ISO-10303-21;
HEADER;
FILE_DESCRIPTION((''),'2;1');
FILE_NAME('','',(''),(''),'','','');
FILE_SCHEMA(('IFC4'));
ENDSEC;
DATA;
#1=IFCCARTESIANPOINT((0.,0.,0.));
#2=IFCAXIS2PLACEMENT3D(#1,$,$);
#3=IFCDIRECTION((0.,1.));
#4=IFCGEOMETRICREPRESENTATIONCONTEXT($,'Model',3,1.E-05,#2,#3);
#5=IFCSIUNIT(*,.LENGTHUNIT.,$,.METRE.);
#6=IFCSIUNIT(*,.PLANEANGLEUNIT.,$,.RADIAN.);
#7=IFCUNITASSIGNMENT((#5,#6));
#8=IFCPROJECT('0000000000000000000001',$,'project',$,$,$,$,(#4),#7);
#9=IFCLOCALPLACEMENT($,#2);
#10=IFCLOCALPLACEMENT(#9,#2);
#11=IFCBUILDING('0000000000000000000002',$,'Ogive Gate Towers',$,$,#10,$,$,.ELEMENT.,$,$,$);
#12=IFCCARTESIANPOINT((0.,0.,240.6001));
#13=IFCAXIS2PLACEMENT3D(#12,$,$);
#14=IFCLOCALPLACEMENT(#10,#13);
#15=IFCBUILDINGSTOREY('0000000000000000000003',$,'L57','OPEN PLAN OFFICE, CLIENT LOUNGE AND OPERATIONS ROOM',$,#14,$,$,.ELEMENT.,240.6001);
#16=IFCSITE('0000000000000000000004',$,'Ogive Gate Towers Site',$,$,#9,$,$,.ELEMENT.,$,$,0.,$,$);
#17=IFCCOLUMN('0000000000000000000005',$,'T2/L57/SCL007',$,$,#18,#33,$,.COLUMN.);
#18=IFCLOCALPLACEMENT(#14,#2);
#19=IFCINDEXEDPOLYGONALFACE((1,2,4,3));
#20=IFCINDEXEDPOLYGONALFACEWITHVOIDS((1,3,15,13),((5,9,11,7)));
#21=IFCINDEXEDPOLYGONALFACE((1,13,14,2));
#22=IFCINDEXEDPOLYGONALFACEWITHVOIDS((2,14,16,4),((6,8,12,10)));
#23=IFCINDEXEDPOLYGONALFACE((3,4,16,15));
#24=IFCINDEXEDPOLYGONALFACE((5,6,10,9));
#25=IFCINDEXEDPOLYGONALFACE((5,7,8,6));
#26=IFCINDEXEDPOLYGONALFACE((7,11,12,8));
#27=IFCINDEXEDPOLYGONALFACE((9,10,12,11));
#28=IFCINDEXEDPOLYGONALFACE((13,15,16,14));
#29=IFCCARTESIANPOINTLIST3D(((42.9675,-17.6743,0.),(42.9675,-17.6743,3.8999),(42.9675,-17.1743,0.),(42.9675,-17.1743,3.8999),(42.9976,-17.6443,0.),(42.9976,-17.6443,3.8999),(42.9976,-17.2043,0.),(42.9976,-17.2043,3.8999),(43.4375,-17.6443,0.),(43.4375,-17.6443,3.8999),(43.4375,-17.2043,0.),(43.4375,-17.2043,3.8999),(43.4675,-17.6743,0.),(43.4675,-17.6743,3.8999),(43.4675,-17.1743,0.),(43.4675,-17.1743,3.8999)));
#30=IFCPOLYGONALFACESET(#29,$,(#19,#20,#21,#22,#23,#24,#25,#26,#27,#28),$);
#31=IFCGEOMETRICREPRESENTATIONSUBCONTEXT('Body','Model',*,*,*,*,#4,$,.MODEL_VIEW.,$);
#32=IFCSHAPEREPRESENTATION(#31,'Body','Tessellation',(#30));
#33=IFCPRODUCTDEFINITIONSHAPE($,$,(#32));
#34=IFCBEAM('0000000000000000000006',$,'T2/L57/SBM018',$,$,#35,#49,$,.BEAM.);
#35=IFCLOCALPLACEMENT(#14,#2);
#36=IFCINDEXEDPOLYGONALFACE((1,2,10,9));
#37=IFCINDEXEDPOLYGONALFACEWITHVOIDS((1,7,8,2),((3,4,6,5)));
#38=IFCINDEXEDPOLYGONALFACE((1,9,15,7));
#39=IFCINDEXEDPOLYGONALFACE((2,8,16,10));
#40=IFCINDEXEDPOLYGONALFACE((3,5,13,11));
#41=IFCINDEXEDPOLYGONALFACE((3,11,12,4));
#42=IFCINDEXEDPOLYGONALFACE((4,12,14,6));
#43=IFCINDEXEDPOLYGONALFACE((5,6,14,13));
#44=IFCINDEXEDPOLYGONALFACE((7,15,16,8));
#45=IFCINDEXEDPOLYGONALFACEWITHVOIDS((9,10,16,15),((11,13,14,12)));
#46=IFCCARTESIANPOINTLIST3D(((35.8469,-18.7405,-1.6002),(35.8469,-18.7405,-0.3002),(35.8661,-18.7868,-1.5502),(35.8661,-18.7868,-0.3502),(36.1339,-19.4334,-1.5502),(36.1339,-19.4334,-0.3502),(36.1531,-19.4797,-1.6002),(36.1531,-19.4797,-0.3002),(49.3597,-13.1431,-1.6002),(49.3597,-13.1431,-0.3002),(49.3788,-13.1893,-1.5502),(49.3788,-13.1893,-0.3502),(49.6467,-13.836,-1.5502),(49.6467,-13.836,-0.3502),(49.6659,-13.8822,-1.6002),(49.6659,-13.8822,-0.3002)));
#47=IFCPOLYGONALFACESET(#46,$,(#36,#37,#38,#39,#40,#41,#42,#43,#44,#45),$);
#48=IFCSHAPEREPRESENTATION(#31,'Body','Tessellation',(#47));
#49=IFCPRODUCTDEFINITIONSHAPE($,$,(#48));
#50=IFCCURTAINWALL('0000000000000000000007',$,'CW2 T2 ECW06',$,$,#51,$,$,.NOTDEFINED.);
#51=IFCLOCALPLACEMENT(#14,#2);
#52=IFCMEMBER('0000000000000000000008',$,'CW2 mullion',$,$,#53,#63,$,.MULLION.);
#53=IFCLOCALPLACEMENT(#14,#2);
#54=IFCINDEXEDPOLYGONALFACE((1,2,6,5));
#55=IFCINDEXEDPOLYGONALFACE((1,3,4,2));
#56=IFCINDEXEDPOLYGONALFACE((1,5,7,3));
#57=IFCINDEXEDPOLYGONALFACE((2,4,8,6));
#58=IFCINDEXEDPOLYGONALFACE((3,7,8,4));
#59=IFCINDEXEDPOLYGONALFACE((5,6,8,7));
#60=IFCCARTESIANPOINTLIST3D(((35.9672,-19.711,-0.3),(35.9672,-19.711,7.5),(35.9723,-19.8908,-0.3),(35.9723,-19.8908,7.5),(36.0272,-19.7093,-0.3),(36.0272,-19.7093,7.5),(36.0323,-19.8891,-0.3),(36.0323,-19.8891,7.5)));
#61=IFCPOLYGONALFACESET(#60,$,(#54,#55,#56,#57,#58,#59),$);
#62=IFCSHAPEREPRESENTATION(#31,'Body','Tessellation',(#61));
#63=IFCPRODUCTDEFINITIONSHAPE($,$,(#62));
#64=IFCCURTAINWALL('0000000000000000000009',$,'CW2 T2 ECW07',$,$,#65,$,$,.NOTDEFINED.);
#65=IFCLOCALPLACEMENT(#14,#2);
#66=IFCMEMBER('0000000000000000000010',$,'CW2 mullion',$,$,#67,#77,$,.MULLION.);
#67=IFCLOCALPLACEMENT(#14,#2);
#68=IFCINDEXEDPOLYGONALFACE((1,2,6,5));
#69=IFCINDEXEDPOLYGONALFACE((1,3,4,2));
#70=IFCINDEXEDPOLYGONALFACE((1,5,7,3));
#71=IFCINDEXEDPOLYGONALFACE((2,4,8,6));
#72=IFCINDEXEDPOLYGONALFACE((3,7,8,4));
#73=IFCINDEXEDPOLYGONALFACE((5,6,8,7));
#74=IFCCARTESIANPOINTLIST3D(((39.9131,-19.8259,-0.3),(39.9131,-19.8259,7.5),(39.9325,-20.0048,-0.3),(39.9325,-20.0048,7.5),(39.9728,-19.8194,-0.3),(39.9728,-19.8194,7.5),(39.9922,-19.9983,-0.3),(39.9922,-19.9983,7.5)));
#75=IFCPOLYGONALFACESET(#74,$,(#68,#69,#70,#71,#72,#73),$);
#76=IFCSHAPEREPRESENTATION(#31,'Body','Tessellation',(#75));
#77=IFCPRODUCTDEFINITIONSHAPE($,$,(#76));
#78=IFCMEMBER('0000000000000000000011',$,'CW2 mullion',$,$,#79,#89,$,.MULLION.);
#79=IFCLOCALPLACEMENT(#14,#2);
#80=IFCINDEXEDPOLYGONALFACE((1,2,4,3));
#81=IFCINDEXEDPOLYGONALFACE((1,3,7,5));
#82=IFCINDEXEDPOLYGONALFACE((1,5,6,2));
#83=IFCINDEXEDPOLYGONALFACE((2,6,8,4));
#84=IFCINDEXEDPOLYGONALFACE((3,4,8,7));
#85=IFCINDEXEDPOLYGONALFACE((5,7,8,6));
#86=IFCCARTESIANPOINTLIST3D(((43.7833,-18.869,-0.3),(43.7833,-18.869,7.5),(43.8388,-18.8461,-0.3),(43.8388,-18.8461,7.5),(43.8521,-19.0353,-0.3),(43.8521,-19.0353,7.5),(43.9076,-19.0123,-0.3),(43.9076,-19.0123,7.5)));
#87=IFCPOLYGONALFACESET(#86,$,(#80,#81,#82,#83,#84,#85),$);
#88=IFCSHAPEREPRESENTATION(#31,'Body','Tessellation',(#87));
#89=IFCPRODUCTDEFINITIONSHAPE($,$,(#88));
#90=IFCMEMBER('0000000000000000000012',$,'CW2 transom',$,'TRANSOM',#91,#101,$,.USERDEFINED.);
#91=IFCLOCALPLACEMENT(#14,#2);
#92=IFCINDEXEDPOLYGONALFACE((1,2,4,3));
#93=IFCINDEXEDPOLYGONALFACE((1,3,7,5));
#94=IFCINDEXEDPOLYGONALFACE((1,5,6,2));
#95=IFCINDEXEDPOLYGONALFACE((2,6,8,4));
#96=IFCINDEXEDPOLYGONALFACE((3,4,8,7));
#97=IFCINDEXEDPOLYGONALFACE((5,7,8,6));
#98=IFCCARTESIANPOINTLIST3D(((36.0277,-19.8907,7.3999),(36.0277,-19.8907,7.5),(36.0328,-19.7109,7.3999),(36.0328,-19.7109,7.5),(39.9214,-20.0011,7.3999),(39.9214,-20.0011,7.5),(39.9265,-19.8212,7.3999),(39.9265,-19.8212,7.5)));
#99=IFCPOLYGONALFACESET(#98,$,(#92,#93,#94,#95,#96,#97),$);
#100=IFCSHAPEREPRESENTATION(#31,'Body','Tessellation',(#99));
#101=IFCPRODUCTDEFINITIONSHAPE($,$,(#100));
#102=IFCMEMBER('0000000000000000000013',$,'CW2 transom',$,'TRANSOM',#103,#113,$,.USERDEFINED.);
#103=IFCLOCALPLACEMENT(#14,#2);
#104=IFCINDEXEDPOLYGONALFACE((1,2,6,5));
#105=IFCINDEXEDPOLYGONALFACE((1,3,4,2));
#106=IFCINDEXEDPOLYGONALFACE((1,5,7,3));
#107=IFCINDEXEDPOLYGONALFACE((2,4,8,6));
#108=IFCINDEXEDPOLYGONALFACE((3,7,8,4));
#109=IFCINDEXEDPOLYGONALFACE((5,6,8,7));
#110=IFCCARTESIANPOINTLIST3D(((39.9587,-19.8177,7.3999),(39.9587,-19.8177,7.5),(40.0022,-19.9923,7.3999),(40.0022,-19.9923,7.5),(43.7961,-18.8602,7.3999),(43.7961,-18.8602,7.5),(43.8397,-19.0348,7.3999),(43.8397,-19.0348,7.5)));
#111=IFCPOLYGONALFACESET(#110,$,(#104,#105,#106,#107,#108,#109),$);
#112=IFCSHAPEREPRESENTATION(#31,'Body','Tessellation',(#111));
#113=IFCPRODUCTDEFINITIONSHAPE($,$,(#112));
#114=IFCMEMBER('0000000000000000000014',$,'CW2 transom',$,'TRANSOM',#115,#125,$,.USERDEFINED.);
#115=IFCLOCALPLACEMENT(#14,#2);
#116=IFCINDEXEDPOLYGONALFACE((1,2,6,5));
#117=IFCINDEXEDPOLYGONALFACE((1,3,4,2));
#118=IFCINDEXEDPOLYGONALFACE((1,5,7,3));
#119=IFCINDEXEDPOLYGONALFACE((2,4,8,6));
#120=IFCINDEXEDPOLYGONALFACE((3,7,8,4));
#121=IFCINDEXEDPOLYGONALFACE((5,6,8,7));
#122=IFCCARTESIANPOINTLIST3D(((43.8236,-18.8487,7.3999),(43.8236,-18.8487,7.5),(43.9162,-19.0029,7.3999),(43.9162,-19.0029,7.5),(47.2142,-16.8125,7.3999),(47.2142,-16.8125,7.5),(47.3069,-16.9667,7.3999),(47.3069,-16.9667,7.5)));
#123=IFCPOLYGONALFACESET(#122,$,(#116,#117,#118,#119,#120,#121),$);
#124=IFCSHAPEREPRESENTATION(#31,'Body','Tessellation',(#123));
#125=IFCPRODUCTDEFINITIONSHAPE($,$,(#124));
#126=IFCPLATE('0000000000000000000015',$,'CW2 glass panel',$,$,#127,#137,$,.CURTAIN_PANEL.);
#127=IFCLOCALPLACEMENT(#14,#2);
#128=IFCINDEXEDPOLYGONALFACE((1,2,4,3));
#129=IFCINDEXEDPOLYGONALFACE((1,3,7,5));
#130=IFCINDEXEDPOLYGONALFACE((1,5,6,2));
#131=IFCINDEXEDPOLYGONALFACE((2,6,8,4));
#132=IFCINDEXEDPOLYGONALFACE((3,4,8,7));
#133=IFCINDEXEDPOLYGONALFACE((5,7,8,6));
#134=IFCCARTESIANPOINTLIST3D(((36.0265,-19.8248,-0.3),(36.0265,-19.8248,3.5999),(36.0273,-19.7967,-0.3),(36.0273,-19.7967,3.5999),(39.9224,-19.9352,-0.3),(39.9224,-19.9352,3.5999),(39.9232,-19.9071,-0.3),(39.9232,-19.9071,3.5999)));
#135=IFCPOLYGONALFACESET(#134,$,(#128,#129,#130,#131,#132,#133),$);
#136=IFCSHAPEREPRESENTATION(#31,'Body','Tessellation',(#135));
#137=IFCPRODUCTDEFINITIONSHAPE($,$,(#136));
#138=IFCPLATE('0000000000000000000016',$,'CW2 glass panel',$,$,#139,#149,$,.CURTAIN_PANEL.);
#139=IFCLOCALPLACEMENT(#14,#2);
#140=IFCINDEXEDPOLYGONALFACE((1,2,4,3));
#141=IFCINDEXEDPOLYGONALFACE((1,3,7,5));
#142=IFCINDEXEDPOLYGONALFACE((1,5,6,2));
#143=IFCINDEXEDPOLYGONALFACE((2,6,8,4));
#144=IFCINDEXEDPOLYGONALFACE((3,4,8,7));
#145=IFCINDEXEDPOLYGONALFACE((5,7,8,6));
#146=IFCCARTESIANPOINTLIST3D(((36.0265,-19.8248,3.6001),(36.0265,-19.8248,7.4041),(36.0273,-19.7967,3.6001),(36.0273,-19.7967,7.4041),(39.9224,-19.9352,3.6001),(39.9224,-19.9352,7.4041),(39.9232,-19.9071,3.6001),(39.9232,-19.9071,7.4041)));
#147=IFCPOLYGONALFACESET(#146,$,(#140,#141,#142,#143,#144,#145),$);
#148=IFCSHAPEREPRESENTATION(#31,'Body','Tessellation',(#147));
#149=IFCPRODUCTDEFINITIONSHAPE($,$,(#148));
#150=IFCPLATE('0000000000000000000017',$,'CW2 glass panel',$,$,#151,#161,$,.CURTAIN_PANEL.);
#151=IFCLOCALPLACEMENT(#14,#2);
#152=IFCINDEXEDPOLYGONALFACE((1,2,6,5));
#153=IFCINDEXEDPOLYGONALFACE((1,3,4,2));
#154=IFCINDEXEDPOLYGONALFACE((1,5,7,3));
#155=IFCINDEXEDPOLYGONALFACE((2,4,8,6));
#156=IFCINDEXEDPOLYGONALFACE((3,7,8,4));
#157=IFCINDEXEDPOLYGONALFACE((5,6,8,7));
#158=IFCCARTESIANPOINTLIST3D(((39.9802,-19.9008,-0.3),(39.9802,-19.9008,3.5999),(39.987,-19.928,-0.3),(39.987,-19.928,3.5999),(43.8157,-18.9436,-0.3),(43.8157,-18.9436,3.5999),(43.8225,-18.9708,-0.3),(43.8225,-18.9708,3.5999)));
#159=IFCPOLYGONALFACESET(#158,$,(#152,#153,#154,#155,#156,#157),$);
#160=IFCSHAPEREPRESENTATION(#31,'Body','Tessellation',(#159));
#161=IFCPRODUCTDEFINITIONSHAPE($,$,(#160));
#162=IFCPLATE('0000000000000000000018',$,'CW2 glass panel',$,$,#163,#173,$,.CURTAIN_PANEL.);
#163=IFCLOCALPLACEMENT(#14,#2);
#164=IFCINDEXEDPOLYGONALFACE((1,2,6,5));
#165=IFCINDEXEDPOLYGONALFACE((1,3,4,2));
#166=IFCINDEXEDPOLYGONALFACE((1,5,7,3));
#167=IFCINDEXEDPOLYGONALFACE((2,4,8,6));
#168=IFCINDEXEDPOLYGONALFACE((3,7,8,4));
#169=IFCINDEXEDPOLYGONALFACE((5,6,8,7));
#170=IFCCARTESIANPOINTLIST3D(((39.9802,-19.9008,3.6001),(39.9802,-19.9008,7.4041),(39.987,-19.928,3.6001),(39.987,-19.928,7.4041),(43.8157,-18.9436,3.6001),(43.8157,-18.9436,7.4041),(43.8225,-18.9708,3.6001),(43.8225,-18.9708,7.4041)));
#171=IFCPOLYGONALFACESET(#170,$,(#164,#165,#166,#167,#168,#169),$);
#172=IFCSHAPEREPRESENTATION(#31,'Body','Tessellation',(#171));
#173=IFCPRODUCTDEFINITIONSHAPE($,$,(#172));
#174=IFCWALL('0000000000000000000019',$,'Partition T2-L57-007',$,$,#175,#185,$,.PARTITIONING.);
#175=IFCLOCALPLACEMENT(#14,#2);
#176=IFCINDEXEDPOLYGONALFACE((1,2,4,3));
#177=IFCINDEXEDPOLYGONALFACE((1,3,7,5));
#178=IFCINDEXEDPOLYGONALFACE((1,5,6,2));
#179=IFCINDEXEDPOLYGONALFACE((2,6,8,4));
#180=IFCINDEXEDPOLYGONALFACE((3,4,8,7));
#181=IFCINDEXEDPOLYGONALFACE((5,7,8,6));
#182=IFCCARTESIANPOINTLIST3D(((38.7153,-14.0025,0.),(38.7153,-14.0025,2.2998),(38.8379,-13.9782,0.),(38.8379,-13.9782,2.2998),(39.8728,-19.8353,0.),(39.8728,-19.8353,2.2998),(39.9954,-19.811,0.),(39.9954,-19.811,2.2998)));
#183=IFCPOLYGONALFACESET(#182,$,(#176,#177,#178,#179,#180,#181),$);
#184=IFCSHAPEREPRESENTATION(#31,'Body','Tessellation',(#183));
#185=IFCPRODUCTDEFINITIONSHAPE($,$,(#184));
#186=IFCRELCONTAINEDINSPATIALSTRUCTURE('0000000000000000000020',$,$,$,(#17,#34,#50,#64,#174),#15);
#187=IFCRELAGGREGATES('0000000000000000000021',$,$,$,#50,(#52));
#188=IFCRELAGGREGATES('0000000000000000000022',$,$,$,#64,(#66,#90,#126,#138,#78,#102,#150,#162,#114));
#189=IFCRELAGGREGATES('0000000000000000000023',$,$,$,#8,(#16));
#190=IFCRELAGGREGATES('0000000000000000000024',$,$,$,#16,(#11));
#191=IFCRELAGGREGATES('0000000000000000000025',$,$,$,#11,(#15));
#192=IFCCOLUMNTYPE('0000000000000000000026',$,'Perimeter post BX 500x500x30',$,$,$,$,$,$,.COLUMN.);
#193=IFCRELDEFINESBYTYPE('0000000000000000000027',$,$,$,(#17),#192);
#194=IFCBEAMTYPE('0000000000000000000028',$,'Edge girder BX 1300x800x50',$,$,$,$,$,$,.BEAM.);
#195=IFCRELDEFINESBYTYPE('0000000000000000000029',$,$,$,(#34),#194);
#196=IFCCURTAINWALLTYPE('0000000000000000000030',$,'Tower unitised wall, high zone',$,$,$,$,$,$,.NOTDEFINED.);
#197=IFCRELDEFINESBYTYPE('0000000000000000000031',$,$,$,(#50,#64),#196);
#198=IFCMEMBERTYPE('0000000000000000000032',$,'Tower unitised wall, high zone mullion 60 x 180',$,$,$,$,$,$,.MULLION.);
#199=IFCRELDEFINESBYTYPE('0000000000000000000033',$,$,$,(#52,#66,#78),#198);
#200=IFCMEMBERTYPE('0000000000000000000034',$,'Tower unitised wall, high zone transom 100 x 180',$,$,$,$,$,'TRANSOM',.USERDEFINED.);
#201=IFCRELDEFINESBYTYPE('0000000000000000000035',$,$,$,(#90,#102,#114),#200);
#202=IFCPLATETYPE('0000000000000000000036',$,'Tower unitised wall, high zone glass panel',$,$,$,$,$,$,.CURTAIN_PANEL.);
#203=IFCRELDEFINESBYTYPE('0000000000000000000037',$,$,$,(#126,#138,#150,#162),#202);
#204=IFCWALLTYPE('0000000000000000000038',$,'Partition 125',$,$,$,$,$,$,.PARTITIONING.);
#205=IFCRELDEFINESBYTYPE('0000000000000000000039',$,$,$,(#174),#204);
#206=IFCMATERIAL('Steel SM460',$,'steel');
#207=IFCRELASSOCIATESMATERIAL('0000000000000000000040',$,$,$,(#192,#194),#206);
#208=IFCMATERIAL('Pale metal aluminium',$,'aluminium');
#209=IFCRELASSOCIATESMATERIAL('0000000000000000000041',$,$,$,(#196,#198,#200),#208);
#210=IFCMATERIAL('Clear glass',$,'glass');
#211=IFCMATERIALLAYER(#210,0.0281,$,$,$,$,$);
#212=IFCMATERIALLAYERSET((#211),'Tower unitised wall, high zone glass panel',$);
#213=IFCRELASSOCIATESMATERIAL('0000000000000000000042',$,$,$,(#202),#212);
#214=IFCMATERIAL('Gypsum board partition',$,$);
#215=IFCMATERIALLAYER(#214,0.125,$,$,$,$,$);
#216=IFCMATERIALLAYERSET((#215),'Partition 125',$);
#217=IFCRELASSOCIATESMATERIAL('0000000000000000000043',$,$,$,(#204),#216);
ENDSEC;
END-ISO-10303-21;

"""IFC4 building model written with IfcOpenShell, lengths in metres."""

from ifc_helpers import new_model, si_unit, direction, frame, frame_2d, origin, origin_2d, place, context, subcontext, project, spatial, rectangle, hollow_rectangle, extrude, material, layer, layer_set, material_profile, profile_set, type_object, element, aggregate, save


model = new_model("IFC4")

# Units and contexts
model_context = context("Model", 3, precision=1e-05, world=origin(), true_north=direction((0.0, 1.0)))
body_context = subcontext(model_context, "Body", "Model", "MODEL_VIEW")
ifc_project = project(units=[si_unit("LENGTHUNIT", "METRE"), si_unit("PLANEANGLEUNIT", "RADIAN")], contexts=[model_context])

# Site, building, storey
site_placement = place(None, origin())
site = spatial("IfcSite", under=ifc_project, at=site_placement, Name="Ogive Gate Towers Site", CompositionType="ELEMENT", RefElevation=0.0)
building_placement = place(site_placement, origin())
building = spatial("IfcBuilding", under=site, at=building_placement, Name="Ogive Gate Towers", CompositionType="ELEMENT")
storey_placement = place(building_placement, frame((0.0, 0.0, 240.6001)))
storey = spatial("IfcBuildingStorey", under=building, at=storey_placement, Name="L57", Description="OPEN PLAN OFFICE, CLIENT LOUNGE AND OPERATIONS ROOM", CompositionType="ELEMENT", Elevation=240.6001)

# Column
ifc_material_1 = material(Name="Steel SM460", Category="steel")
ifc_material_profile_1 = material_profile(ifc_material_1, hollow_rectangle(XDim=0.5, YDim=0.5, WallThickness=0.03, at=origin_2d()), Name="BX 500x500x30")
ifc_profile_set_1 = profile_set([ifc_material_profile_1], Name="Steel SM460")
column_type = type_object("IfcColumnType", Name="Perimeter post BX 500x500x30", PredefinedType="COLUMN", material=ifc_profile_set_1)
column_placement = place(storey_placement, frame((43.2175, -17.4243, 0.0), z_axis=(0.0, 0.0, 1.0), x_axis=(1.0, 0.0, 0.0)))
element("IfcColumn", 1, at=column_placement, inside=storey, type_object=column_type, Name="T2/L57/SCL007", PredefinedType="COLUMN", context=body_context, shape_type="SweptSolid", body=[
    extrude(hollow_rectangle(XDim=0.5, YDim=0.5, WallThickness=0.03, at=origin_2d()), origin(), (0.0, 0.0, 1.0), 3.8999),
])

# Beam
ifc_material_profile_2 = material_profile(ifc_material_1, hollow_rectangle(XDim=0.8, YDim=1.3, WallThickness=0.05, at=origin_2d()), Name="BX 1300x800x50")
ifc_profile_set_2 = profile_set([ifc_material_profile_2], Name="Steel SM460")
beam_type = type_object("IfcBeamType", Name="Edge girder BX 1300x800x50", PredefinedType="BEAM", material=ifc_profile_set_2)
beam_placement = place(storey_placement, frame((36.0, -19.1101, -0.9502), z_axis=(0.923873, 0.382699, 0.0), x_axis=(-0.382699, 0.923873, 0.0)))
element("IfcBeam", 2, at=beam_placement, inside=storey, type_object=beam_type, Name="T2/L57/SBM018", PredefinedType="BEAM", context=body_context, shape_type="SweptSolid", body=[
    extrude(hollow_rectangle(XDim=0.8, YDim=1.3, WallThickness=0.05, at=origin_2d()), origin(), (0.0, 0.0, 1.0), 14.6262),
])

# Curtain wall, member
ifc_material_2 = material(Name="Pale metal aluminium", Category="aluminium")
curtain_wall_type = type_object("IfcCurtainWallType", Name="Tower unitised wall, high zone", PredefinedType="NOTDEFINED", material=ifc_material_2)
curtain_wall_1_placement = place(storey_placement, origin())
curtain_wall_1 = element("IfcCurtainWall", 3, at=curtain_wall_1_placement, inside=storey, type_object=curtain_wall_type, Name="CW2 T2 ECW06", PredefinedType="NOTDEFINED")
ifc_material_profile_3 = material_profile(ifc_material_2, rectangle(XDim=0.1799, YDim=0.0601, at=origin_2d()), Name="60 x 180 aluminium box")
ifc_profile_set_3 = profile_set([ifc_material_profile_3], Name="Pale metal aluminium")
member_type_1 = type_object("IfcMemberType", Name="Tower unitised wall, high zone mullion 60 x 180", PredefinedType="MULLION", material=ifc_profile_set_3)
member_1_placement = place(storey_placement, frame((35.9998, -19.8, -0.3), z_axis=(0.0, 0.0, 1.0), x_axis=(0.028323, -0.999599, 0.0)))
member_1 = element("IfcMember", 4, at=member_1_placement, type_object=member_type_1, Name="CW2 mullion", PredefinedType="MULLION", context=body_context, shape_type="SweptSolid", body=[
    extrude(rectangle(XDim=0.1799, YDim=0.0601, at=origin_2d()), origin(), (0.0, 0.0, 1.0), 7.8),
])
aggregate(curtain_wall_1, [member_1])

# Curtain wall, members, plates
curtain_wall_2_placement = place(storey_placement, origin())
curtain_wall_2 = element("IfcCurtainWall", 5, at=curtain_wall_2_placement, inside=storey, type_object=curtain_wall_type, Name="CW2 T2 ECW07", PredefinedType="NOTDEFINED")
member_2_placement = place(storey_placement, frame((39.9526, -19.9121, -0.3), z_axis=(0.0, 0.0, 1.0), x_axis=(0.107913, -0.99416, 0.0)))
member_2 = element("IfcMember", 6, at=member_2_placement, type_object=member_type_1, Name="CW2 mullion", PredefinedType="MULLION", context=body_context, shape_type="SweptSolid", body=[
    extrude(rectangle(XDim=0.1799, YDim=0.0601, at=origin_2d()), origin(), (0.0, 0.0, 1.0), 7.8),
])
member_3_placement = place(storey_placement, frame((43.8455, -18.9407, -0.3), z_axis=(0.0, 0.0, 1.0), x_axis=(0.382683, -0.92388, 0.0)))
member_3 = element("IfcMember", 7, at=member_3_placement, type_object=member_type_1, Name="CW2 mullion", PredefinedType="MULLION", context=body_context, shape_type="SweptSolid", body=[
    extrude(rectangle(XDim=0.1799, YDim=0.0601, at=origin_2d()), origin(), (0.0, 0.0, 1.0), 7.8),
])
ifc_material_profile_4 = material_profile(ifc_material_2, rectangle(XDim=0.1799, YDim=0.1001, at=origin_2d()), Name="100 x 180 aluminium box")
ifc_profile_set_4 = profile_set([ifc_material_profile_4], Name="Pale metal aluminium")
member_type_2 = type_object("IfcMemberType", Name="Tower unitised wall, high zone transom 100 x 180", ElementType="TRANSOM", PredefinedType="USERDEFINED", material=ifc_profile_set_4)
member_4_placement = place(storey_placement, frame((36.0303, -19.8008, 7.45), z_axis=(0.999599, -0.028329, 0.0), x_axis=(0.028329, 0.999599, 0.0)))
member_4 = element("IfcMember", 8, at=member_4_placement, type_object=member_type_2, Name="CW2 transom", ObjectType="TRANSOM", PredefinedType="USERDEFINED", context=body_context, shape_type="SweptSolid", body=[
    extrude(rectangle(XDim=0.1799, YDim=0.1001, at=origin_2d()), origin(), (0.0, 0.0, 1.0), 3.8953),
])
member_5_placement = place(storey_placement, frame((39.9805, -19.905, 7.45), z_axis=(0.970251, 0.2421, 0.0), x_axis=(-0.2421, 0.970251, 0.0)))
member_5 = element("IfcMember", 9, at=member_5_placement, type_object=member_type_2, Name="CW2 transom", ObjectType="TRANSOM", PredefinedType="USERDEFINED", context=body_context, shape_type="SweptSolid", body=[
    extrude(rectangle(XDim=0.1799, YDim=0.1001, at=origin_2d()), origin(), (0.0, 0.0, 1.0), 3.9551),
])
member_6_placement = place(storey_placement, frame((43.8699, -18.9258, 7.45), z_axis=(0.857297, 0.514823, 0.0), x_axis=(-0.514823, 0.857297, 0.0)))
member_6 = element("IfcMember", 10, at=member_6_placement, type_object=member_type_2, Name="CW2 transom", ObjectType="TRANSOM", PredefinedType="USERDEFINED", context=body_context, shape_type="SweptSolid", body=[
    extrude(rectangle(XDim=0.1799, YDim=0.1001, at=origin_2d()), origin(), (0.0, 0.0, 1.0), 3.9551),
])
ifc_material_3 = material(Name="Clear glass", Category="glass")
ifc_layer_1 = layer(ifc_material_3, 0.0281)
ifc_layer_set_1 = layer_set([ifc_layer_1], Name="Tower unitised wall, high zone glass panel")
plate_type = type_object("IfcPlateType", Name="Tower unitised wall, high zone glass panel", PredefinedType="CURTAIN_PANEL", material=ifc_layer_set_1)
plate_1_placement = place(storey_placement, frame((37.9749, -19.866, -0.3), z_axis=(0.0, 0.0, 1.0), x_axis=(0.999599, -0.028323, 0.0)))
plate_1 = element("IfcPlate", 11, at=plate_1_placement, type_object=plate_type, Name="CW2 glass panel", PredefinedType="CURTAIN_PANEL", context=body_context, shape_type="SweptSolid", body=[
    extrude(rectangle(XDim=3.8975, YDim=0.0281, at=origin_2d()), origin(), (0.0, 0.0, 1.0), 3.8999),
])
plate_2_placement = place(storey_placement, frame((37.9749, -19.866, 3.6001), z_axis=(0.0, 0.0, 1.0), x_axis=(0.999599, -0.028323, 0.0)))
plate_2 = element("IfcPlate", 12, at=plate_2_placement, type_object=plate_type, Name="CW2 glass panel", PredefinedType="CURTAIN_PANEL", context=body_context, shape_type="SweptSolid", body=[
    extrude(rectangle(XDim=3.8975, YDim=0.0281, at=origin_2d()), origin(), (0.0, 0.0, 1.0), 3.804),
])
plate_3_placement = place(storey_placement, frame((41.9014, -19.4358, -0.3), z_axis=(0.0, 0.0, 1.0), x_axis=(0.970241, 0.242142, 0.0)))
plate_3 = element("IfcPlate", 13, at=plate_3_placement, type_object=plate_type, Name="CW2 glass panel", PredefinedType="CURTAIN_PANEL", context=body_context, shape_type="SweptSolid", body=[
    extrude(rectangle(XDim=3.9531, YDim=0.0281, at=origin_2d()), origin(), (0.0, 0.0, 1.0), 3.8999),
])
plate_4_placement = place(storey_placement, frame((41.9014, -19.4358, 3.6001), z_axis=(0.0, 0.0, 1.0), x_axis=(0.970241, 0.242142, 0.0)))
plate_4 = element("IfcPlate", 14, at=plate_4_placement, type_object=plate_type, Name="CW2 glass panel", PredefinedType="CURTAIN_PANEL", context=body_context, shape_type="SweptSolid", body=[
    extrude(rectangle(XDim=3.9531, YDim=0.0281, at=origin_2d()), origin(), (0.0, 0.0, 1.0), 3.804),
])
aggregate(curtain_wall_2, [member_2, member_4, plate_1, plate_2, member_3, member_5, plate_3, plate_4, member_6])

# Wall
ifc_material_4 = material(Name="Gypsum board partition")
ifc_layer_2 = layer(ifc_material_4, 0.125)
ifc_layer_set_2 = layer_set([ifc_layer_2], Name="Partition 125")
wall_type = type_object("IfcWallType", Name="Partition 125", PredefinedType="PARTITIONING", material=ifc_layer_set_2)
wall_1_placement = place(storey_placement, frame((39.9341, -19.823, 0.0), z_axis=(0.0, 0.0, 1.0), x_axis=(-0.194647, 0.980873, 0.0)))
element("IfcWall", 15, at=wall_1_placement, inside=storey, type_object=wall_type, Name="Partition T2-L57-007", PredefinedType="PARTITIONING", context=body_context, shape_type="SweptSolid", body=[
    extrude(rectangle(XDim=5.9465, YDim=0.125, at=frame_2d((2.9731, 0.0))), origin(), (0.0, 0.0, 1.0), 2.2998),
])

save(model, "model.ifc")
